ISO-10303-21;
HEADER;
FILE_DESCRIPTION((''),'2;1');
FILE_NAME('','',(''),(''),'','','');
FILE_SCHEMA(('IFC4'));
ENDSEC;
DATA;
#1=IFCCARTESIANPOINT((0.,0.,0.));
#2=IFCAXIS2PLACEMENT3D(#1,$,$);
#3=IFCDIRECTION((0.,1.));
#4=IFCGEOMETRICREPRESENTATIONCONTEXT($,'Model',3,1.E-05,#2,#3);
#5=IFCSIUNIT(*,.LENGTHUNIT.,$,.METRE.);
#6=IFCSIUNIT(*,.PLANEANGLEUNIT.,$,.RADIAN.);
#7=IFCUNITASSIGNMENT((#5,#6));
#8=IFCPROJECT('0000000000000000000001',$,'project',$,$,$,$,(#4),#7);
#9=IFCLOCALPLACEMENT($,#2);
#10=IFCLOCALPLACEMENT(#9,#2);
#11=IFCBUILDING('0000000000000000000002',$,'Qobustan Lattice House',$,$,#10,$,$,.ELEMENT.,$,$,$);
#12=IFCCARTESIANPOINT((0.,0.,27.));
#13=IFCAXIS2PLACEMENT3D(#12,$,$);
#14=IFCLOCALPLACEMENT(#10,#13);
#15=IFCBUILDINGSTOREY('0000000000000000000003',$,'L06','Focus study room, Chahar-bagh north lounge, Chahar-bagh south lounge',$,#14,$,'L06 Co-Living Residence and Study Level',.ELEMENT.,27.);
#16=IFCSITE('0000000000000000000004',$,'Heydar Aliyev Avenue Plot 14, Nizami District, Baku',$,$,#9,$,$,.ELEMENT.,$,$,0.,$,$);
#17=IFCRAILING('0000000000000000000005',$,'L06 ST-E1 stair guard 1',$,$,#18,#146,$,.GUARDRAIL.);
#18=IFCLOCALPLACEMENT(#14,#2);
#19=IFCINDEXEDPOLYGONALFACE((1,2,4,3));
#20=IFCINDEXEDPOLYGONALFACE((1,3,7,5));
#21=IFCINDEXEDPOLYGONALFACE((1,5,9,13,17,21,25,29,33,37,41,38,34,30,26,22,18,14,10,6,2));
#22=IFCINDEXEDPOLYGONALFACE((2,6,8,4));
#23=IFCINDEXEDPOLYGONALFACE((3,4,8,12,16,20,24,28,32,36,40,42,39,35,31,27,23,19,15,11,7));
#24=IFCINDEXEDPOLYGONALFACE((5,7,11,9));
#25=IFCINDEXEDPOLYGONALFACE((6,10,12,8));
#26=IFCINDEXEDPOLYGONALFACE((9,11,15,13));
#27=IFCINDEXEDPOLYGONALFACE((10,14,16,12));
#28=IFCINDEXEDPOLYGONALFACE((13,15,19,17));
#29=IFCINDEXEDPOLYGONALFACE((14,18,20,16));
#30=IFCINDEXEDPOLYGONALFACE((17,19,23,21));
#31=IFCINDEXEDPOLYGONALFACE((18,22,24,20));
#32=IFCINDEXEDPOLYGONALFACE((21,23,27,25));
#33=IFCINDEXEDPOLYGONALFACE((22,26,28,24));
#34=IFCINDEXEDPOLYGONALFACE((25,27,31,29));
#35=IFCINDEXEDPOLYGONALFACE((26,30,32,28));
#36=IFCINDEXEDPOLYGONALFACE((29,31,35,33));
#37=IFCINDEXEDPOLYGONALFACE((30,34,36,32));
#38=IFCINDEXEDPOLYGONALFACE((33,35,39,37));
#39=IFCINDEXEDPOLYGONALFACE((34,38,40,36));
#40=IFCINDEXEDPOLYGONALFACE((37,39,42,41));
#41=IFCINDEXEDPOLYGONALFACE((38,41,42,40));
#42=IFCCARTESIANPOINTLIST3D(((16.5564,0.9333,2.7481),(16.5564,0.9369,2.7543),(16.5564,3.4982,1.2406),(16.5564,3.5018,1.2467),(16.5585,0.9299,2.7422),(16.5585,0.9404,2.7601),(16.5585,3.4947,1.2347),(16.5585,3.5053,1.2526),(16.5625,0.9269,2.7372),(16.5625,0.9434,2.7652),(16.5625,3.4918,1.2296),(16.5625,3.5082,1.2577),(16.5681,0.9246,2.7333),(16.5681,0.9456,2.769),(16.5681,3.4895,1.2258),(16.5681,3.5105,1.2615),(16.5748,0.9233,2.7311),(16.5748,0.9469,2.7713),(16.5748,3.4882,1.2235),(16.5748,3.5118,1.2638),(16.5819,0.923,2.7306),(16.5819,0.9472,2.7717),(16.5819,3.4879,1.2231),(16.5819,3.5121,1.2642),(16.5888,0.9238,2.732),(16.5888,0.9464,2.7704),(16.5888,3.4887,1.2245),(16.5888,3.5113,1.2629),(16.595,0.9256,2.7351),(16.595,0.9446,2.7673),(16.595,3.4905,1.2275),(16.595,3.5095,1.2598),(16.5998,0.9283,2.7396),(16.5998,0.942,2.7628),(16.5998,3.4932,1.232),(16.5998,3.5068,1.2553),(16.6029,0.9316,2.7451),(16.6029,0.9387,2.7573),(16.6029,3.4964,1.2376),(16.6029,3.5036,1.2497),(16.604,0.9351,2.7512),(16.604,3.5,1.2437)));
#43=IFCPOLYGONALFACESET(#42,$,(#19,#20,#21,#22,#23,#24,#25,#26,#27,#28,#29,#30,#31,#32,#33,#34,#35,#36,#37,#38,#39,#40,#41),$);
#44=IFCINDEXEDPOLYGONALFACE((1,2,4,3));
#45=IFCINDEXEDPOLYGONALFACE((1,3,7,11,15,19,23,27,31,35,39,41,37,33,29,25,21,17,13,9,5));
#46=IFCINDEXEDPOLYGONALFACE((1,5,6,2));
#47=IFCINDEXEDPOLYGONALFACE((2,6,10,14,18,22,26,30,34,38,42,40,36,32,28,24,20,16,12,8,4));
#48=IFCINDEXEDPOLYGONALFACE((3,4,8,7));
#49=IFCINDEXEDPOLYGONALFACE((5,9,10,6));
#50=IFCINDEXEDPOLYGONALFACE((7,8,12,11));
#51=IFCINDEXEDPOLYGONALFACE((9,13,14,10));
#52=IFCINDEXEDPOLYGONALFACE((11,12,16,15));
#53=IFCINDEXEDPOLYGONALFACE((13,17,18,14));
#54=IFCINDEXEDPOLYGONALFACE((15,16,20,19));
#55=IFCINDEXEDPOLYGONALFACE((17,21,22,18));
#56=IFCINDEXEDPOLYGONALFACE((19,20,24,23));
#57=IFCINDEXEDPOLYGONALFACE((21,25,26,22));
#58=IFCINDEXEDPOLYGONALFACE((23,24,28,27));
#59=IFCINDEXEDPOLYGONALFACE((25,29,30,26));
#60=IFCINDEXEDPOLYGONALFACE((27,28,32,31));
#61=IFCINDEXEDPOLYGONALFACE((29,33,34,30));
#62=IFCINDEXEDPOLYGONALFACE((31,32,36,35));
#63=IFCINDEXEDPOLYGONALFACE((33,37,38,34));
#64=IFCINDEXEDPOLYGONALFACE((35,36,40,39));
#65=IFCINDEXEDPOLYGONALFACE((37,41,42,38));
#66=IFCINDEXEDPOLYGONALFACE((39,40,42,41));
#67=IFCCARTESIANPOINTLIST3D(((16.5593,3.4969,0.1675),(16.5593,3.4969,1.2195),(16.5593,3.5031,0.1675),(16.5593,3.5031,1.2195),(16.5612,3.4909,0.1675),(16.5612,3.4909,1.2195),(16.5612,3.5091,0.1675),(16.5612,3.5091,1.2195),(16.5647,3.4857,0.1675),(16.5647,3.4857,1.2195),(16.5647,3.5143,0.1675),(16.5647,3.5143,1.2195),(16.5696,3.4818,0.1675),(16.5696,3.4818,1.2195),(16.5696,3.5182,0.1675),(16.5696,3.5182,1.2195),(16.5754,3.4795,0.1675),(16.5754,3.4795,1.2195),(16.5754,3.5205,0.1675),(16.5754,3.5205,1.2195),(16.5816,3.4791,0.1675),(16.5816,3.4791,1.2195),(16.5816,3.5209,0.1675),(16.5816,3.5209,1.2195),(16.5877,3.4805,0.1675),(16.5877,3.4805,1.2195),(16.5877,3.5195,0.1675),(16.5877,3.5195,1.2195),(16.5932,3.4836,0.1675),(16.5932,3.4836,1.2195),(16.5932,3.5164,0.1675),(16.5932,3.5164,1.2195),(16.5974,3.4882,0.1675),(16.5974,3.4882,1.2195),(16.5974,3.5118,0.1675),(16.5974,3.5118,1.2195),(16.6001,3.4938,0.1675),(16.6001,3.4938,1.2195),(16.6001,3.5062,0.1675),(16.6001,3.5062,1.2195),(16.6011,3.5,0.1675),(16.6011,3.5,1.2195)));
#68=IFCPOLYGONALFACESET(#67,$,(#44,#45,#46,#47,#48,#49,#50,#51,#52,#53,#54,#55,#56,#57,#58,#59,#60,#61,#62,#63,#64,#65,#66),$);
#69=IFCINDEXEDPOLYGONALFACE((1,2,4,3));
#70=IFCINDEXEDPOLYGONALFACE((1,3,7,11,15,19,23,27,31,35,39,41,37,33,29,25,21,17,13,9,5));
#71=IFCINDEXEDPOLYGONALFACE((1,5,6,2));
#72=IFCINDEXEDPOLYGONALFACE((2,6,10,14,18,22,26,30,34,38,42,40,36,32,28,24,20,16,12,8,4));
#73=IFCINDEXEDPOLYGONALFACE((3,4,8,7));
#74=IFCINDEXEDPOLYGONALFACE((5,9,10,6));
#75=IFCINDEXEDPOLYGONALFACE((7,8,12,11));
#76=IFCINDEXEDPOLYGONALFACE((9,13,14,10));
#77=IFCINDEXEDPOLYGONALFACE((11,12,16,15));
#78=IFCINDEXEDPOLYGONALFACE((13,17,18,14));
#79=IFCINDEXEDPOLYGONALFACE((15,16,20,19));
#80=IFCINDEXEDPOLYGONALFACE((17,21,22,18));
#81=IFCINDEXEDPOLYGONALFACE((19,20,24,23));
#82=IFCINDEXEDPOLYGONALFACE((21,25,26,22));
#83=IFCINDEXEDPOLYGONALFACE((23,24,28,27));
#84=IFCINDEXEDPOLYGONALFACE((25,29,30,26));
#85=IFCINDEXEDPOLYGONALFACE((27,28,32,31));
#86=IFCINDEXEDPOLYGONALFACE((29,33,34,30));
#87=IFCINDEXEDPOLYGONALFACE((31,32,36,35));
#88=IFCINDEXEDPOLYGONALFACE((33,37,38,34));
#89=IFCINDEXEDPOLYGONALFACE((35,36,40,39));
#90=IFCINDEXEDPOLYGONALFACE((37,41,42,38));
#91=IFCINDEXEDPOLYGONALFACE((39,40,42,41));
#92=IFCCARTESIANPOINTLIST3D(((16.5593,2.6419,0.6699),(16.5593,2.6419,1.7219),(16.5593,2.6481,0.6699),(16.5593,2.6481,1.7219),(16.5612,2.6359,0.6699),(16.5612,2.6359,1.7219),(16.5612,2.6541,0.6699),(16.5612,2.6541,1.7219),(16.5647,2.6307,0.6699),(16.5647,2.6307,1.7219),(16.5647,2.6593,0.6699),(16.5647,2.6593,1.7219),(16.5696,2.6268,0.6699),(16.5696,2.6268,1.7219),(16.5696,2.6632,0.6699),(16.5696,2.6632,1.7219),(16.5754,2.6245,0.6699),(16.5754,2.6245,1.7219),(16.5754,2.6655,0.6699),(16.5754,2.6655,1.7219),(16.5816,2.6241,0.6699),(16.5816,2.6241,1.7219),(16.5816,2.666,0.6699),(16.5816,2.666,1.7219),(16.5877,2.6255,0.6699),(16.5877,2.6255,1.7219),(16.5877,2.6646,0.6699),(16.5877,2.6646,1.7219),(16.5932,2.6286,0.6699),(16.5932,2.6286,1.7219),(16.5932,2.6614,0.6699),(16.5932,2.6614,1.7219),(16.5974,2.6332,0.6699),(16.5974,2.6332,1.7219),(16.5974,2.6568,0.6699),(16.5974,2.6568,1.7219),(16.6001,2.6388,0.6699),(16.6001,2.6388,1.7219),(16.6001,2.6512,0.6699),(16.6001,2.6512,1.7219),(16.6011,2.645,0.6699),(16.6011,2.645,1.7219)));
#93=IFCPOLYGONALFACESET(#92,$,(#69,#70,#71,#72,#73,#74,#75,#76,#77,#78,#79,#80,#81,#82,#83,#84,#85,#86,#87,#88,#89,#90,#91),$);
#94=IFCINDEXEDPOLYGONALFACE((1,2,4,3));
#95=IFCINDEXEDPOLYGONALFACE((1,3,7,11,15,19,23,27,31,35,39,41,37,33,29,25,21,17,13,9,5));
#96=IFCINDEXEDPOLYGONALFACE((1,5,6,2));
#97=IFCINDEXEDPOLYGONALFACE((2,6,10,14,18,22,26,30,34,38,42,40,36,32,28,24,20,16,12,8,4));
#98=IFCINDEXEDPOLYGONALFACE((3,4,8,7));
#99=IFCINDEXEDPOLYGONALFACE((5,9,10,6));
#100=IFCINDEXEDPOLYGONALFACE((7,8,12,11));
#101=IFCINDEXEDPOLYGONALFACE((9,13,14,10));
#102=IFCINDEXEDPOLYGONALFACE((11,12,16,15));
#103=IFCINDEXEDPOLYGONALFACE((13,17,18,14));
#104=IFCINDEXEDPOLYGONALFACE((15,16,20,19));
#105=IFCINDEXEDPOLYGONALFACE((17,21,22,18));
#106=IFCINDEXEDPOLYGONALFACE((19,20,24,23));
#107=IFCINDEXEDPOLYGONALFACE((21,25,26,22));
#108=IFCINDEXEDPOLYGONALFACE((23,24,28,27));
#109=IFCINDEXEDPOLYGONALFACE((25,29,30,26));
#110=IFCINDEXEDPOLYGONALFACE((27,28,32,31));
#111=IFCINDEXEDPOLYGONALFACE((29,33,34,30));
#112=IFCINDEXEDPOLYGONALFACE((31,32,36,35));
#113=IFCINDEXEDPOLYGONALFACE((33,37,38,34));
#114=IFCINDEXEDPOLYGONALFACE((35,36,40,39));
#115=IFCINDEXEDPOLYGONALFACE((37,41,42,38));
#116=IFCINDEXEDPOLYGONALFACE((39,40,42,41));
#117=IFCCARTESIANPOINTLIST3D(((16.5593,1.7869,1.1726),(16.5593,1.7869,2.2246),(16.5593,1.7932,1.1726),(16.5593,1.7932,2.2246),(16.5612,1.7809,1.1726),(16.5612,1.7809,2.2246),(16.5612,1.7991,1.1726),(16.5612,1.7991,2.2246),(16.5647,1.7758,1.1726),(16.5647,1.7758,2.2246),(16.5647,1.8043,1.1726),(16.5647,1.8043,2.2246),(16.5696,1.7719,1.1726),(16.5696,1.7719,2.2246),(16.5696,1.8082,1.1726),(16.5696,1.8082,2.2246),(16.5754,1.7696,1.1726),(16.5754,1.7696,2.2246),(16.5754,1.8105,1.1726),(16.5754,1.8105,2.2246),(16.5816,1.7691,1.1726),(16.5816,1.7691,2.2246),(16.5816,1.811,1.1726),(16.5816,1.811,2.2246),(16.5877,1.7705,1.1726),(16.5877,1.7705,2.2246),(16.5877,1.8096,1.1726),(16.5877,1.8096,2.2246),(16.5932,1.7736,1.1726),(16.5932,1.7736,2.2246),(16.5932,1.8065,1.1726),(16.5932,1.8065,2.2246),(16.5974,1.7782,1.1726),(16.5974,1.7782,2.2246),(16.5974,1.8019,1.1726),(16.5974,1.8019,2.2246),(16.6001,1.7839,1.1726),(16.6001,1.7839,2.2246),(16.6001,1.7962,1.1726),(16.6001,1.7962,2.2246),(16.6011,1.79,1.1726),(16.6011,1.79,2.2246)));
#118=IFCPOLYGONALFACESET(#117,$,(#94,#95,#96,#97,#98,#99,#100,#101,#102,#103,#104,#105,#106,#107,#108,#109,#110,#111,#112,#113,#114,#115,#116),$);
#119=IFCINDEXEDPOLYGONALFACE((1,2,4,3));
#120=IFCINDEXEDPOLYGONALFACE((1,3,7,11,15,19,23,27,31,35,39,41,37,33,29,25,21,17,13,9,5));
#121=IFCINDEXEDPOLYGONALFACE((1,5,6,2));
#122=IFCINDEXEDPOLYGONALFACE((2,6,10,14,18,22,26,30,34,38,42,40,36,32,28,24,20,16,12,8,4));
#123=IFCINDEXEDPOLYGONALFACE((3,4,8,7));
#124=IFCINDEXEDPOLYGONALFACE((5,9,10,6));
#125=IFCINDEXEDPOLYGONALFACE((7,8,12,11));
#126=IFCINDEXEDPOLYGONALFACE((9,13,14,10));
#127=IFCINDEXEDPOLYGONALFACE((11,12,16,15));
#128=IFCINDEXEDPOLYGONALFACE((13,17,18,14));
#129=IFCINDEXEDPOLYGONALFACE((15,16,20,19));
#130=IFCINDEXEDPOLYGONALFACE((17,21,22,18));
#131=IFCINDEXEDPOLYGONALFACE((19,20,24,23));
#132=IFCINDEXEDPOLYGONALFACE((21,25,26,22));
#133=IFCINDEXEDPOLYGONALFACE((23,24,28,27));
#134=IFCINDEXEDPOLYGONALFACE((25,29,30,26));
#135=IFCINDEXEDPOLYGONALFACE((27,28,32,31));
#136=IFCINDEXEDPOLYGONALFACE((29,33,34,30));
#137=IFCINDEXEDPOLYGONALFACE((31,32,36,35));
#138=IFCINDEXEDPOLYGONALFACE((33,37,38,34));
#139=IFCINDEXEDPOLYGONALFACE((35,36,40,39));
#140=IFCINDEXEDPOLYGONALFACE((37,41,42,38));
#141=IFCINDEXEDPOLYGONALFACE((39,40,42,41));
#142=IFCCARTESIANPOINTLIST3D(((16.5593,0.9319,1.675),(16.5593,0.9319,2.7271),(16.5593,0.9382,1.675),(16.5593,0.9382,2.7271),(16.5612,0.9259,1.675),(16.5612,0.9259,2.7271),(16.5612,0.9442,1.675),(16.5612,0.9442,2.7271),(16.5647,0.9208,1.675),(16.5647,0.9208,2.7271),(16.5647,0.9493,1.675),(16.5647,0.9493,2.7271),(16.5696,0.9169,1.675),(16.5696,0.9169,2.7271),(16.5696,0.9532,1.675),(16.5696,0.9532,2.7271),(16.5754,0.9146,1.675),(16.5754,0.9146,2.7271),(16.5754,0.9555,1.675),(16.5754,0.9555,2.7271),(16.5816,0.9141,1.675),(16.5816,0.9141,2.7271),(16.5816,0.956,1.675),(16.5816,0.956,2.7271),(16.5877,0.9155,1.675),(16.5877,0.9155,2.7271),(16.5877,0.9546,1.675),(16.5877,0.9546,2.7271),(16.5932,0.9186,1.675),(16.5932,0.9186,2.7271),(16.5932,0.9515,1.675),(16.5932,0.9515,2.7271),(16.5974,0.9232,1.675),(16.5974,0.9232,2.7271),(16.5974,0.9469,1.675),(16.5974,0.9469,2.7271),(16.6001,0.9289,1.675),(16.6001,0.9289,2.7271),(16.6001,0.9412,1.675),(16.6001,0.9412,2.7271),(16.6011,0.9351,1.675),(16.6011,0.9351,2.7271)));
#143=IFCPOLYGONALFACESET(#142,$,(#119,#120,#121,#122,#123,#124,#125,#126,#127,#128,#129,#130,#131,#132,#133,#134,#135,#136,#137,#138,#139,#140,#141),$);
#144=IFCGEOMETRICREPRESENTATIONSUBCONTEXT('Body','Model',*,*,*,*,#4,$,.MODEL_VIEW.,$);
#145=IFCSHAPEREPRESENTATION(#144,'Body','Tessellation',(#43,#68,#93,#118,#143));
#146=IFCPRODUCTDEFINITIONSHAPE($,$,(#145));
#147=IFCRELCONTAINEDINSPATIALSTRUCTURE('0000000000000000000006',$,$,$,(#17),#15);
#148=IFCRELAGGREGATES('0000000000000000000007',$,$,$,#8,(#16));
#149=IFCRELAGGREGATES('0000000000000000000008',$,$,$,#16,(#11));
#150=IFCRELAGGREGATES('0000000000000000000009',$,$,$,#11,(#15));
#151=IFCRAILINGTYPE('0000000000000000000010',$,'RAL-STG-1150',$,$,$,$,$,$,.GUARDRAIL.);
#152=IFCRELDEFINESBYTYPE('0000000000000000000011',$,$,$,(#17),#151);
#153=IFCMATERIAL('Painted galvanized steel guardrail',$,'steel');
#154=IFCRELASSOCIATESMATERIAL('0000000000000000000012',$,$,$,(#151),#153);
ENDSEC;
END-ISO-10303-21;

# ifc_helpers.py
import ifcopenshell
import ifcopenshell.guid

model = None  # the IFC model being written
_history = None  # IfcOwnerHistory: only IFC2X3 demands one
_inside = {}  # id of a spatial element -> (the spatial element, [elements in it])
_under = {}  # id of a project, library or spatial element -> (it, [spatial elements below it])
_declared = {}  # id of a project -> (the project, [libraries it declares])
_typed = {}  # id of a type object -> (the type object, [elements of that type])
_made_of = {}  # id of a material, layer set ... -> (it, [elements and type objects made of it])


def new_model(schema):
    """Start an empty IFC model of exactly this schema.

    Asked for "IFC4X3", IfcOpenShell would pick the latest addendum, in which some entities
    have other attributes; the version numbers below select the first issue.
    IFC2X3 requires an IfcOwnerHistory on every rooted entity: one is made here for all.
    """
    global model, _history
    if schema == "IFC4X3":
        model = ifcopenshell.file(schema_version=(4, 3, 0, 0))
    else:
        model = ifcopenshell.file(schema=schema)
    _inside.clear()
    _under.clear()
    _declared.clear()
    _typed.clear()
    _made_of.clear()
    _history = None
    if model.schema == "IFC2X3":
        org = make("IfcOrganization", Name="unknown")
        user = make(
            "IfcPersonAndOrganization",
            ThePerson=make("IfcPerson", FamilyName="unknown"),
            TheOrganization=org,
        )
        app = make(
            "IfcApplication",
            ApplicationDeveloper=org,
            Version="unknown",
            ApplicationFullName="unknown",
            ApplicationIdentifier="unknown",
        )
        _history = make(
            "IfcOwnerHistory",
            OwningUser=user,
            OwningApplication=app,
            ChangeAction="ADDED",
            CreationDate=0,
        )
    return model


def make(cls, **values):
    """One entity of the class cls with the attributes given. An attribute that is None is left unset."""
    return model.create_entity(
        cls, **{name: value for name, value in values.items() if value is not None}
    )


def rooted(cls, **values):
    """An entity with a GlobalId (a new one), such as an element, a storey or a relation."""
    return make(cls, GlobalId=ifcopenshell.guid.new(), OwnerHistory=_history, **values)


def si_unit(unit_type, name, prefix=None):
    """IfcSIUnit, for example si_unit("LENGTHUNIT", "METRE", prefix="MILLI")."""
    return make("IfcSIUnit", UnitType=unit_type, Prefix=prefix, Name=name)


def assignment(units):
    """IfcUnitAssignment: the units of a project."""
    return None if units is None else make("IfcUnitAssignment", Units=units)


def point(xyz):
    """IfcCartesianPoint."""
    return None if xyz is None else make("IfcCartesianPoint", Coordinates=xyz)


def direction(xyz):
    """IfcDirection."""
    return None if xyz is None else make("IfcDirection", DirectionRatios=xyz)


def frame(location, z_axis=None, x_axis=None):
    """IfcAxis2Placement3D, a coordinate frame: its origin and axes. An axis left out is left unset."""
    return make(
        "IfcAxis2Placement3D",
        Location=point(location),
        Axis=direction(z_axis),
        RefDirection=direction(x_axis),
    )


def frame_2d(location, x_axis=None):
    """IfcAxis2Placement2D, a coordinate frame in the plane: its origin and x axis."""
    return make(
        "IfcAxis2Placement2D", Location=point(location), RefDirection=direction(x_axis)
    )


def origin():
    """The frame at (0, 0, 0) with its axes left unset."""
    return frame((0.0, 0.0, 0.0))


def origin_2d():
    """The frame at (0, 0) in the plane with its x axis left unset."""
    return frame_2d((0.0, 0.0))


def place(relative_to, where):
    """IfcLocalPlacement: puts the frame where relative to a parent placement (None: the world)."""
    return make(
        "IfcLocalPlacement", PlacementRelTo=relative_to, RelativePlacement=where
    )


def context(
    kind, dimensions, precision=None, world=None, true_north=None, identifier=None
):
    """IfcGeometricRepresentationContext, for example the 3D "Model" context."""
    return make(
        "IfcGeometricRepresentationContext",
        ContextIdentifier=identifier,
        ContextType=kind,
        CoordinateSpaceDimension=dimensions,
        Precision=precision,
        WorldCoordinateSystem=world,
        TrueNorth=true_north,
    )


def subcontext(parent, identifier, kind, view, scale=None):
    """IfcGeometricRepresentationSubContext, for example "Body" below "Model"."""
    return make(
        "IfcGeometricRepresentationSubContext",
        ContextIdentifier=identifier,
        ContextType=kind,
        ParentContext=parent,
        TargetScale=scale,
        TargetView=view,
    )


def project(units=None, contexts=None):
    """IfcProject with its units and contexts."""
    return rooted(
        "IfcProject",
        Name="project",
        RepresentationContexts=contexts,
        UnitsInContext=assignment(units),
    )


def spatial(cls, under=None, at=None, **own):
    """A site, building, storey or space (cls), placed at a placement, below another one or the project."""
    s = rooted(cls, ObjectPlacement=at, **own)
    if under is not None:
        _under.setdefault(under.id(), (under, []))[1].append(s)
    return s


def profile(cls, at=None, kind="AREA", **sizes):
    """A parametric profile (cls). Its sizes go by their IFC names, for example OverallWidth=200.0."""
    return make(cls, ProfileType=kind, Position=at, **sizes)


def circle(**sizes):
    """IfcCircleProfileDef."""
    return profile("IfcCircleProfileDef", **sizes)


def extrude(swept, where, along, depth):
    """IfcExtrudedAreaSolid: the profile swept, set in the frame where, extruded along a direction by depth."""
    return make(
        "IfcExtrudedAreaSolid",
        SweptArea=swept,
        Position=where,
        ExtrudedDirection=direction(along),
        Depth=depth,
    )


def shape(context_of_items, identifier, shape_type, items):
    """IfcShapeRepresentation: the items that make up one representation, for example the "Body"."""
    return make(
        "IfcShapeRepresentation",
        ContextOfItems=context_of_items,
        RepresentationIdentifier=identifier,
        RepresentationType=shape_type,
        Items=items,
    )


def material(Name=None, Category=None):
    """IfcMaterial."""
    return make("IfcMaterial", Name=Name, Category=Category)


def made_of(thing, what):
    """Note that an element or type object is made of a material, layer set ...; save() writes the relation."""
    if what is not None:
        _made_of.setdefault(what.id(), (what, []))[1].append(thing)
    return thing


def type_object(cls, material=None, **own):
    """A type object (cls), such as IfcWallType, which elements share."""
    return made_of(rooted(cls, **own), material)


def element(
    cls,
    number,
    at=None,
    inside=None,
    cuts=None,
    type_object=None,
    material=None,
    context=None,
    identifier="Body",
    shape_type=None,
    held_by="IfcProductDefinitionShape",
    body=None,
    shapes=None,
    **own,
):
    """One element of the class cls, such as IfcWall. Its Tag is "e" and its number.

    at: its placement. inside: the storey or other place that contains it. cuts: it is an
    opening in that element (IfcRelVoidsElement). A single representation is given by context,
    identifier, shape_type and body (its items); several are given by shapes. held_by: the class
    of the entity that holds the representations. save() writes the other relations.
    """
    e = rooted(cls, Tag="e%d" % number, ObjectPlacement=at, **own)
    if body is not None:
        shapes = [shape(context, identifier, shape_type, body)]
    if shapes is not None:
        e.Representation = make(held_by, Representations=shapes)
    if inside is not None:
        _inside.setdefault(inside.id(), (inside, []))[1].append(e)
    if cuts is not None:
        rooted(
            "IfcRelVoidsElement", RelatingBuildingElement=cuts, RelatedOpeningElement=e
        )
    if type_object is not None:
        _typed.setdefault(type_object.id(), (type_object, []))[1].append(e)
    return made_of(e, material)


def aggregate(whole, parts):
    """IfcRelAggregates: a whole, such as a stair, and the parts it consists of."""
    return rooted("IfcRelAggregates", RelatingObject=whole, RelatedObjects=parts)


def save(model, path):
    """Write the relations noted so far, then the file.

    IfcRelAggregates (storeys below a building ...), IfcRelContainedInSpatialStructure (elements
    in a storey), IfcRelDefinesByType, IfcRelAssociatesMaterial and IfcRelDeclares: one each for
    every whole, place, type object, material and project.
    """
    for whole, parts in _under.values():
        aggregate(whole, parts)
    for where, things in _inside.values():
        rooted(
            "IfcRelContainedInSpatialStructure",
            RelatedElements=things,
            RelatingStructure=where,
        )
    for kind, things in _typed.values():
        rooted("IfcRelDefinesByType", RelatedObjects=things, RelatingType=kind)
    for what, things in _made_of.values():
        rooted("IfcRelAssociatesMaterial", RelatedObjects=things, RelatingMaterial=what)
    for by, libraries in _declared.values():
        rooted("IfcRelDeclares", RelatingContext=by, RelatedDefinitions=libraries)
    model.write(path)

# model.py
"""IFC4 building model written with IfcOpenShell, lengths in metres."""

from ifc_helpers import new_model, si_unit, direction, frame, origin, origin_2d, place, context, subcontext, project, spatial, circle, extrude, material, type_object, element, save


model = new_model("IFC4")

# Units and contexts
model_context = context("Model", 3, precision=1e-05, world=origin(), true_north=direction((0.0, 1.0)))
body_context = subcontext(model_context, "Body", "Model", "MODEL_VIEW")
ifc_project = project(units=[si_unit("LENGTHUNIT", "METRE"), si_unit("PLANEANGLEUNIT", "RADIAN")], contexts=[model_context])

# Site, building, storey
site_placement = place(None, origin())
site = spatial("IfcSite", under=ifc_project, at=site_placement, Name="Heydar Aliyev Avenue Plot 14, Nizami District, Baku", CompositionType="ELEMENT", RefElevation=0.0)
building_placement = place(site_placement, origin())
building = spatial("IfcBuilding", under=site, at=building_placement, Name="Qobustan Lattice House", CompositionType="ELEMENT")
storey_placement = place(building_placement, frame((0.0, 0.0, 27.0)))
storey = spatial("IfcBuildingStorey", under=building, at=storey_placement, Name="L06", Description="Focus study room, Chahar-bagh north lounge, Chahar-bagh south lounge", LongName="L06 Co-Living Residence and Study Level", CompositionType="ELEMENT", Elevation=27.0)

# Railing
ifc_material_1 = material(Name="Painted galvanized steel guardrail", Category="steel")
railing_type_1 = type_object("IfcRailingType", Name="RAL-STG-1150", PredefinedType="GUARDRAIL", material=ifc_material_1)
railing_1_placement = place(storey_placement, frame((16.5801, 3.5, 0.1675)))
element("IfcRailing", 1, at=railing_1_placement, inside=storey, type_object=railing_type_1, Name="L06 ST-E1 stair guard 1", PredefinedType="GUARDRAIL", context=body_context, shape_type="SweptSolid", body=[
    extrude(circle(Radius=0.0239, at=origin_2d()), frame((0.0, 0.0, 1.0762), z_axis=(0.0, -0.862113, 0.506715), x_axis=(1.0, 0.0, 0.0)), (0.0, 0.0, 1.0), 2.9751),
    extrude(circle(Radius=0.021, at=origin_2d()), origin(), (0.0, 0.0, 1.0), 1.052),
    extrude(circle(Radius=0.021, at=origin_2d()), frame((0.0, -0.855, 0.5024)), (0.0, 0.0, 1.0), 1.052),
    extrude(circle(Radius=0.021, at=origin_2d()), frame((0.0, -1.71, 1.0051)), (0.0, 0.0, 1.0), 1.052),
    extrude(circle(Radius=0.021, at=origin_2d()), frame((0.0, -2.5649, 1.5076)), (0.0, 0.0, 1.0), 1.052),
])

save(model, "model.ifc")
